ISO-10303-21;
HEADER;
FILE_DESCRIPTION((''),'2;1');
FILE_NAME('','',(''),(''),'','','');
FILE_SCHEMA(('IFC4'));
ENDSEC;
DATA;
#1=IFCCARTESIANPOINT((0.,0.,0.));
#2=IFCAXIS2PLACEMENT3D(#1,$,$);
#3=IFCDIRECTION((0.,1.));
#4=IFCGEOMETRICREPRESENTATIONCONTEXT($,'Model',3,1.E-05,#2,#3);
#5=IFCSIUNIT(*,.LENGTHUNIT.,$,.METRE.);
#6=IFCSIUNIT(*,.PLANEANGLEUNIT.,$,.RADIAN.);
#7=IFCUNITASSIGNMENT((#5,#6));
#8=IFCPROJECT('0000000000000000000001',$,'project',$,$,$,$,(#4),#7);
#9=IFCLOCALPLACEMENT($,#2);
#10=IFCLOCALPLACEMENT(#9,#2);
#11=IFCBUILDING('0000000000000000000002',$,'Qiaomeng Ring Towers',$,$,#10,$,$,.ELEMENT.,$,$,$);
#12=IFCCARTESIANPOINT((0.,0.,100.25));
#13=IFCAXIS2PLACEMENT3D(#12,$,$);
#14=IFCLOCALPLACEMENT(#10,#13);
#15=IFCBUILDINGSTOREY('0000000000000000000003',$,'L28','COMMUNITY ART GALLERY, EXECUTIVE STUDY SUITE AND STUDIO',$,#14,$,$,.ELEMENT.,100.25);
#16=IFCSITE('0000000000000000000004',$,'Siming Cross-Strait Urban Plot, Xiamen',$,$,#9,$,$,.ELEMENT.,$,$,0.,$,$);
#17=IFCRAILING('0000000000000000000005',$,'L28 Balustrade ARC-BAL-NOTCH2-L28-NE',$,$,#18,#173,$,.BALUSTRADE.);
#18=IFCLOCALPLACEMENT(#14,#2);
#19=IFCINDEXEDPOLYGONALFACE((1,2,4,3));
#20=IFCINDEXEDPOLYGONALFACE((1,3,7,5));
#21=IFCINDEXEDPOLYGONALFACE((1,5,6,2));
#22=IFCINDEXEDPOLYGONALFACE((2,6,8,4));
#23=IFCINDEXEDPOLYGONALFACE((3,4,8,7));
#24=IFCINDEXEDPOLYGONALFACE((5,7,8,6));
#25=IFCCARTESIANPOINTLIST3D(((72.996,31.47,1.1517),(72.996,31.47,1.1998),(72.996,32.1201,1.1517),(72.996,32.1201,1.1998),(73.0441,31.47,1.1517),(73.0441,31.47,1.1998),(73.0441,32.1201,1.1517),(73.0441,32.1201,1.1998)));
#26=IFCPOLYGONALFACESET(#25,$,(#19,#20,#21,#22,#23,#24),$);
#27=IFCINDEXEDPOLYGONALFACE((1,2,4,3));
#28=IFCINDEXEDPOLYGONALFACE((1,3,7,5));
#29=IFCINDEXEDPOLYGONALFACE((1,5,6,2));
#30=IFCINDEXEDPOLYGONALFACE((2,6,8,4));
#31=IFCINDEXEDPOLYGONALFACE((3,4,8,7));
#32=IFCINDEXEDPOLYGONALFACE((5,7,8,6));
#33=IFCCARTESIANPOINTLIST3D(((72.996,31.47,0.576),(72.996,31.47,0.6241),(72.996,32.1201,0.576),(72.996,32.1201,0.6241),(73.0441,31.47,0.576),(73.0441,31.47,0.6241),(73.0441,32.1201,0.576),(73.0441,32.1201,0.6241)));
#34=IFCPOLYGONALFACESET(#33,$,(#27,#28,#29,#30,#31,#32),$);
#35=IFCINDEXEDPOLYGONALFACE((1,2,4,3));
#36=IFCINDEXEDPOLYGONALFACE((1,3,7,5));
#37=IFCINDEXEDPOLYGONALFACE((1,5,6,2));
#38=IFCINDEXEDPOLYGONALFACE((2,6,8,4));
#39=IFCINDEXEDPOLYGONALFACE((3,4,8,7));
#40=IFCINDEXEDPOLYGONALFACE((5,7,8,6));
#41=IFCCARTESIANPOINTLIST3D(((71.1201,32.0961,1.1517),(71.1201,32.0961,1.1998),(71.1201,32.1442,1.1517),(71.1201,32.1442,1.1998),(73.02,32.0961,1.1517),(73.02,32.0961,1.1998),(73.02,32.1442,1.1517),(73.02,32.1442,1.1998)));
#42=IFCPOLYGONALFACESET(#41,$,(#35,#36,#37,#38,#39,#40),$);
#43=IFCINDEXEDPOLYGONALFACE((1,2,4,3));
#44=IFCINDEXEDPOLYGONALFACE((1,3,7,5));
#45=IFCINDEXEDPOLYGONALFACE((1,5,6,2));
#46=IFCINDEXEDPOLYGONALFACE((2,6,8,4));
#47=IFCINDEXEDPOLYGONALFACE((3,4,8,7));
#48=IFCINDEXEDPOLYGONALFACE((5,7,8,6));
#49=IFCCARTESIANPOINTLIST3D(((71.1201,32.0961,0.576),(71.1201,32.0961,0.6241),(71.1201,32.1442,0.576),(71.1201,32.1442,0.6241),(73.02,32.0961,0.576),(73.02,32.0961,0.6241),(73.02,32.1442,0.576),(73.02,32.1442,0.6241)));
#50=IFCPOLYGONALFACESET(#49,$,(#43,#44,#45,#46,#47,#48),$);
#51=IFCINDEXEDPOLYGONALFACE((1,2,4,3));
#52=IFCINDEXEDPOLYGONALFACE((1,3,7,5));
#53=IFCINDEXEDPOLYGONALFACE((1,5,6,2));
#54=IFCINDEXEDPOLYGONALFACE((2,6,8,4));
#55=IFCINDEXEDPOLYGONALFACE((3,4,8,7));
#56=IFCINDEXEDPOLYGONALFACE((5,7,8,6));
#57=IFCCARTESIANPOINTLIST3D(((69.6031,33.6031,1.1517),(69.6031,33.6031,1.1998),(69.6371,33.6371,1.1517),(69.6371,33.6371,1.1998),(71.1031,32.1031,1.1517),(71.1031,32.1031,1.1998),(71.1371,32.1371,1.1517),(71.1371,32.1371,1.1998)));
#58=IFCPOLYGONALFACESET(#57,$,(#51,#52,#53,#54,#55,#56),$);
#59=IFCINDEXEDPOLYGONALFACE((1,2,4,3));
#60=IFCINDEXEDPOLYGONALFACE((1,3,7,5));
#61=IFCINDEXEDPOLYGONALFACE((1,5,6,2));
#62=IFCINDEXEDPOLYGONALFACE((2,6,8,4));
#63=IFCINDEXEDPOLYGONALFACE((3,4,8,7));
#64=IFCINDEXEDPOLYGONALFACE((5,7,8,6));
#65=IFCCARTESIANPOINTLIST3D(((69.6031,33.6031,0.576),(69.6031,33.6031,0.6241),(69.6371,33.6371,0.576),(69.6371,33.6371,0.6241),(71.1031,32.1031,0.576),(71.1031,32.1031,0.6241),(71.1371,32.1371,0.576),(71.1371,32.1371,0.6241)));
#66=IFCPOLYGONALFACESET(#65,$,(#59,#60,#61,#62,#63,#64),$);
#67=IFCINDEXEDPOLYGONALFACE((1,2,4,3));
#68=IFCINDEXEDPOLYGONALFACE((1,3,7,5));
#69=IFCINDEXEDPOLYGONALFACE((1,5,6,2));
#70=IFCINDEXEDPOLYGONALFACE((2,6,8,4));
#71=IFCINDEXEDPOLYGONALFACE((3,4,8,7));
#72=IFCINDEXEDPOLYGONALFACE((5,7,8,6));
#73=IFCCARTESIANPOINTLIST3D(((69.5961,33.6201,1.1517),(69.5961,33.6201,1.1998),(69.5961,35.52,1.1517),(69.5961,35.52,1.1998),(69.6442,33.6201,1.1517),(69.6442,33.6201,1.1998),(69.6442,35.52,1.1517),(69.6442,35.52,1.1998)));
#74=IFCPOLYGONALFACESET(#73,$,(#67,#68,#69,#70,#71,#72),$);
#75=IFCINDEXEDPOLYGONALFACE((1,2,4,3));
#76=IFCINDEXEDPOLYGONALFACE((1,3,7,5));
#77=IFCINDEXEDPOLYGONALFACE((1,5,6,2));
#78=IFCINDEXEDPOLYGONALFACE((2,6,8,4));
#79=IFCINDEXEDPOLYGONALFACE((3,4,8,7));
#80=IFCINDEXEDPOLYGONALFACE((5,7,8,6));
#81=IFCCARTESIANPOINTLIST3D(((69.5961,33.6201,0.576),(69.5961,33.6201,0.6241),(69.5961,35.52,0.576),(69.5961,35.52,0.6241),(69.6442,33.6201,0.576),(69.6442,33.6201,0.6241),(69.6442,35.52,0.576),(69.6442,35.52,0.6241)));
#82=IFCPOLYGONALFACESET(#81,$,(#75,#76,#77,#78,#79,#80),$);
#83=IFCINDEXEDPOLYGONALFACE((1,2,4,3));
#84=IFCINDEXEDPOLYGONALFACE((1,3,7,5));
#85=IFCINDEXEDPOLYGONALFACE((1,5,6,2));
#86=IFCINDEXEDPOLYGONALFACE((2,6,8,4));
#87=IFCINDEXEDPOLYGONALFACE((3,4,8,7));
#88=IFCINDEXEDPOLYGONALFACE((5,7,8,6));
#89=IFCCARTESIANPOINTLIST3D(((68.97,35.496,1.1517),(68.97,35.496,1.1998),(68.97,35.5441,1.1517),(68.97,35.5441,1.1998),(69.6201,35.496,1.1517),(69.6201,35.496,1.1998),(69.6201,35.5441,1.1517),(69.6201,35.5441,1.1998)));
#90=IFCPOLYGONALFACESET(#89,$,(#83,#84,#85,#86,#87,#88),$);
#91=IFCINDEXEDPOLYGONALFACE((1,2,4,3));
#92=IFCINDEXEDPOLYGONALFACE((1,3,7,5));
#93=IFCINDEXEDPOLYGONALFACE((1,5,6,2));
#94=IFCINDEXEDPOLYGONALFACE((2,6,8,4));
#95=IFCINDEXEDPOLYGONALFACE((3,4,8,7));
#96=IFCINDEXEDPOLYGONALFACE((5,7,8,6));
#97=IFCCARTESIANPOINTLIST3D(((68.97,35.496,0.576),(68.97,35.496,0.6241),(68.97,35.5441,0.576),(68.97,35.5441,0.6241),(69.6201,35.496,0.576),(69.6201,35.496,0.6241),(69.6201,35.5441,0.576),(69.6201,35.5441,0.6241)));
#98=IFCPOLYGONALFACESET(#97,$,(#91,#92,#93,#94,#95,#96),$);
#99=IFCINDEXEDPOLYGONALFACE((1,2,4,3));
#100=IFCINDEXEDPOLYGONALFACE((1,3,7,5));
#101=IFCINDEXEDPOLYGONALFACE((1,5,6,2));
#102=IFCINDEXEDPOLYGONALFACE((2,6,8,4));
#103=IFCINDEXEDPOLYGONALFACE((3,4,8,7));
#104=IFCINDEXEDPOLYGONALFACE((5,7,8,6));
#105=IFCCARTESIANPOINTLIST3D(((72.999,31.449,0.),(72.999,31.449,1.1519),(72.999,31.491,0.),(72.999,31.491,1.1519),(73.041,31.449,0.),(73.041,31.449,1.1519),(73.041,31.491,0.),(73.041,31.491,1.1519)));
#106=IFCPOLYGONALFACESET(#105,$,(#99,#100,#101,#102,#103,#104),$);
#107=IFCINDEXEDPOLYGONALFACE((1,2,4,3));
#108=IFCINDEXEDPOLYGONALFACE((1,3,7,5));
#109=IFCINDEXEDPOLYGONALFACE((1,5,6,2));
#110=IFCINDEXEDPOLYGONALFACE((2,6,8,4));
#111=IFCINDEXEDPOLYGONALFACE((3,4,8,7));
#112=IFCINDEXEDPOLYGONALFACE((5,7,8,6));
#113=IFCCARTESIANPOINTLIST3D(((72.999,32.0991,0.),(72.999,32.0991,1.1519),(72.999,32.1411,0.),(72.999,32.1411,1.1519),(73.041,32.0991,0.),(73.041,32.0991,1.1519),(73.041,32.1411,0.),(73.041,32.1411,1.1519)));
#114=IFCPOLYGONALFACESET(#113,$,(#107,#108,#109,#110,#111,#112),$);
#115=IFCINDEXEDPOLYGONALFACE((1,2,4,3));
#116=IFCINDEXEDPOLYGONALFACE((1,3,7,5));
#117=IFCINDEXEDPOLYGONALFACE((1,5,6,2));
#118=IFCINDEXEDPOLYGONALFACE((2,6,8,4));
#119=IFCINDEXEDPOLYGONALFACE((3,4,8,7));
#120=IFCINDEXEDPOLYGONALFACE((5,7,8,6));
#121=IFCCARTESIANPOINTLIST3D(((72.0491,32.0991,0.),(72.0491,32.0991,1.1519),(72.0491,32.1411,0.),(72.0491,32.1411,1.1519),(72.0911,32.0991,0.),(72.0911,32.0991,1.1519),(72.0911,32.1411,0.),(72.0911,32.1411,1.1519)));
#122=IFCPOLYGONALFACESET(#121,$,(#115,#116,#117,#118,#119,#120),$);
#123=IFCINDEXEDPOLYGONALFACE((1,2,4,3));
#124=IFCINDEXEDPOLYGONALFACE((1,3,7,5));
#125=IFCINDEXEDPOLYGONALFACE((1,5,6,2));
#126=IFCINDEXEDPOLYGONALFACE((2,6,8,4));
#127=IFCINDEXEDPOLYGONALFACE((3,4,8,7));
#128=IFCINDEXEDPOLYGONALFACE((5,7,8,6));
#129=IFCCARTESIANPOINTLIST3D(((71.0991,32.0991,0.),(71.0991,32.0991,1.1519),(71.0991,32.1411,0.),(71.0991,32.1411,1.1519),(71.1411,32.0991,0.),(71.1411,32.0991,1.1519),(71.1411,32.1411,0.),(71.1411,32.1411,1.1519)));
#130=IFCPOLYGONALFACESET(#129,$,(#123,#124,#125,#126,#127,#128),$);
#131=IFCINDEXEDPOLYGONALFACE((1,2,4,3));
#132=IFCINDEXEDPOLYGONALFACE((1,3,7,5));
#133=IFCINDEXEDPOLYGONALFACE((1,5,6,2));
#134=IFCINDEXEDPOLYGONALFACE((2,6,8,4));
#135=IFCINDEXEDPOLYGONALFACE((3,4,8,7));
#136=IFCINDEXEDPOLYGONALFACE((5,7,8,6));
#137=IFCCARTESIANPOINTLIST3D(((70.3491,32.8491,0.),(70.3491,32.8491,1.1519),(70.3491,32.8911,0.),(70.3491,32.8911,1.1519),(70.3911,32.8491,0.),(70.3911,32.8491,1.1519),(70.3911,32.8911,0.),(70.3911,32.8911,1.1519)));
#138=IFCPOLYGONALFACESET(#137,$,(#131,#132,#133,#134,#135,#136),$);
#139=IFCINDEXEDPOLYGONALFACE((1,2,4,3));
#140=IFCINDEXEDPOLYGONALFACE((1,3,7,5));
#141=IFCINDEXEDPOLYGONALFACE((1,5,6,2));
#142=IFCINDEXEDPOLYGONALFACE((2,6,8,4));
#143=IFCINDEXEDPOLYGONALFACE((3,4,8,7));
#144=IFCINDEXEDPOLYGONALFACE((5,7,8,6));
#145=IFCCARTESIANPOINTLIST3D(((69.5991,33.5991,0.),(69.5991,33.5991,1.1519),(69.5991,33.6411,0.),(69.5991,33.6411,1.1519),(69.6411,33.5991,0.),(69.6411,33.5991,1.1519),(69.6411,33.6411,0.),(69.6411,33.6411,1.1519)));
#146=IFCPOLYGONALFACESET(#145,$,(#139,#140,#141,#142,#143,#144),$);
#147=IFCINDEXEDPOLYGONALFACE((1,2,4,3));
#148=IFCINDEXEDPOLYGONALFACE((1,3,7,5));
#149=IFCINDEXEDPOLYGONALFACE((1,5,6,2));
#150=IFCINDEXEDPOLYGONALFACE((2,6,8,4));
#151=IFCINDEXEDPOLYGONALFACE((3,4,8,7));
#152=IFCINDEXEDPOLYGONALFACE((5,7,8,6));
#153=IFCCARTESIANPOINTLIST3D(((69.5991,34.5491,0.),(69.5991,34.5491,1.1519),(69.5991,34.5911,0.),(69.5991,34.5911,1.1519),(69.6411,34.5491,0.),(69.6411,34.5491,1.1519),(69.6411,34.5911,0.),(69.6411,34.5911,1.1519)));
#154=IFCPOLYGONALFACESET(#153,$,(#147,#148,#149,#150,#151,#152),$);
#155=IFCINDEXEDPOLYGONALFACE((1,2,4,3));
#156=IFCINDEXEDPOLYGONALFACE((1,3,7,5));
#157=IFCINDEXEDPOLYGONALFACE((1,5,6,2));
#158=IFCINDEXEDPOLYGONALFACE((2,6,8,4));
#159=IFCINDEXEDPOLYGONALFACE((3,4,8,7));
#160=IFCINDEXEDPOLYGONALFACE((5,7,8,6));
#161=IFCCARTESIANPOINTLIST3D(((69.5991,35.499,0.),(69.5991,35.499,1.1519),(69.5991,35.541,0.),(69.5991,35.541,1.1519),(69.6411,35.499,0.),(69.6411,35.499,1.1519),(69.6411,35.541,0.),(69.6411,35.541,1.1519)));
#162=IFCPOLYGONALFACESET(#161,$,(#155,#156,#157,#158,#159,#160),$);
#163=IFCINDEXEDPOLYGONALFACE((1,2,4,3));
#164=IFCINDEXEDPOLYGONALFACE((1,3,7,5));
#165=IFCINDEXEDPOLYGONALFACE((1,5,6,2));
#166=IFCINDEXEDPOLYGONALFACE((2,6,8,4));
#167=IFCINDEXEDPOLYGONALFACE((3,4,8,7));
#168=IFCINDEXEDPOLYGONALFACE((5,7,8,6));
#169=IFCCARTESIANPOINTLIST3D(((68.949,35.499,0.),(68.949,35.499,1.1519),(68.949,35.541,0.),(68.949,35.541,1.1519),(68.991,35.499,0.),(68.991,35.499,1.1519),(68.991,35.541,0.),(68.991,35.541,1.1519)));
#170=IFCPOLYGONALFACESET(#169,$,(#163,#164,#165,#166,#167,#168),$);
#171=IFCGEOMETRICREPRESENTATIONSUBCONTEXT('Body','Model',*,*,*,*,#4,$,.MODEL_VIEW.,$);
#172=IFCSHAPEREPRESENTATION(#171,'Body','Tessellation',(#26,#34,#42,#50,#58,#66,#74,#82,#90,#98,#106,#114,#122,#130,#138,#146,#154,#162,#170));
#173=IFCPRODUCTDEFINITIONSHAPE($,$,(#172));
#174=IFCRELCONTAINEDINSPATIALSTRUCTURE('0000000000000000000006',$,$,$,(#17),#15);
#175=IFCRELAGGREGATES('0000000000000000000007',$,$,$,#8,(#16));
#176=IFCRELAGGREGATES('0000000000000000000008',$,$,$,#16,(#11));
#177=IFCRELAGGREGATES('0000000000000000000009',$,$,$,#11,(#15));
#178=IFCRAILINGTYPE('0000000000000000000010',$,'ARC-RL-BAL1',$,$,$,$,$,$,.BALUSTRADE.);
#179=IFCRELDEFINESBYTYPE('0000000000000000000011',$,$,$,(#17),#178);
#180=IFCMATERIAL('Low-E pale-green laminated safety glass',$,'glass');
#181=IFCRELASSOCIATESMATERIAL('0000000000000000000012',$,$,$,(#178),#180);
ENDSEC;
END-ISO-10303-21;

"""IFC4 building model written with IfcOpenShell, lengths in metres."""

from ifc_helpers import new_model, si_unit, direction, frame, origin, origin_2d, place, context, subcontext, project, spatial, rectangle, extrude, material, type_object, element, save


model = new_model("IFC4")

# Units and contexts
model_context = context("Model", 3, precision=1e-05, world=origin(), true_north=direction((0.0, 1.0)))
body_context = subcontext(model_context, "Body", "Model", "MODEL_VIEW")
ifc_project = project(units=[si_unit("LENGTHUNIT", "METRE"), si_unit("PLANEANGLEUNIT", "RADIAN")], contexts=[model_context])

# Site, building, storey
site_placement = place(None, origin())
site = spatial("IfcSite", under=ifc_project, at=site_placement, Name="Siming Cross-Strait Urban Plot, Xiamen", CompositionType="ELEMENT", RefElevation=0.0)
building_placement = place(site_placement, origin())
building = spatial("IfcBuilding", under=site, at=building_placement, Name="Qiaomeng Ring Towers", CompositionType="ELEMENT")
storey_placement = place(building_placement, frame((0.0, 0.0, 100.25)))
storey = spatial("IfcBuildingStorey", under=building, at=storey_placement, Name="L28", Description="COMMUNITY ART GALLERY, EXECUTIVE STUDY SUITE AND STUDIO", CompositionType="ELEMENT", Elevation=100.25)

# Railing
ifc_material_1 = material(Name="Low-E pale-green laminated safety glass", Category="glass")
railing_type = type_object("IfcRailingType", Name="ARC-RL-BAL1", PredefinedType="BALUSTRADE", material=ifc_material_1)
railing_1_placement = place(storey_placement, frame((73.02, 31.47, 0.0)))
element("IfcRailing", 1, at=railing_1_placement, inside=storey, type_object=railing_type, Name="L28 Balustrade ARC-BAL-NOTCH2-L28-NE", PredefinedType="BALUSTRADE", context=body_context, shape_type="SweptSolid", body=[
    extrude(rectangle(XDim=0.0481, YDim=0.0481, at=origin_2d()), frame((0.0, 0.0, 1.1758), z_axis=(0.0, 1.0, 0.0), x_axis=(-1.0, 0.0, 0.0)), (0.0, 0.0, 1.0), 0.6501),
    extrude(rectangle(XDim=0.0481, YDim=0.0481, at=origin_2d()), frame((0.0, 0.0, 0.6001), z_axis=(0.0, 1.0, 0.0), x_axis=(-1.0, 0.0, 0.0)), (0.0, 0.0, 1.0), 0.6501),
    extrude(rectangle(XDim=0.0481, YDim=0.0481, at=origin_2d()), frame((0.0, 0.6501, 1.1758), z_axis=(-1.0, 0.0, 0.0), x_axis=(0.0, -1.0, 0.0)), (0.0, 0.0, 1.0), 1.8999),
    extrude(rectangle(XDim=0.0481, YDim=0.0481, at=origin_2d()), frame((0.0, 0.6501, 0.6001), z_axis=(-1.0, 0.0, 0.0), x_axis=(0.0, -1.0, 0.0)), (0.0, 0.0, 1.0), 1.8999),
    extrude(rectangle(XDim=0.0481, YDim=0.0481, at=origin_2d()), frame((-1.8999, 0.6501, 1.1758), z_axis=(-0.707107, 0.707107, 0.0), x_axis=(-0.707107, -0.707107, 0.0)), (0.0, 0.0, 1.0), 2.1213),
    extrude(rectangle(XDim=0.0481, YDim=0.0481, at=origin_2d()), frame((-1.8999, 0.6501, 0.6001), z_axis=(-0.707107, 0.707107, 0.0), x_axis=(-0.707107, -0.707107, 0.0)), (0.0, 0.0, 1.0), 2.1213),
    extrude(rectangle(XDim=0.0481, YDim=0.0481, at=origin_2d()), frame((-3.3999, 2.1501, 1.1758), z_axis=(0.0, 1.0, 0.0), x_axis=(-1.0, 0.0, 0.0)), (0.0, 0.0, 1.0), 1.8999),
    extrude(rectangle(XDim=0.0481, YDim=0.0481, at=origin_2d()), frame((-3.3999, 2.1501, 0.6001), z_axis=(0.0, 1.0, 0.0), x_axis=(-1.0, 0.0, 0.0)), (0.0, 0.0, 1.0), 1.8999),
    extrude(rectangle(XDim=0.0481, YDim=0.0481, at=origin_2d()), frame((-3.3999, 4.05, 1.1758), z_axis=(-1.0, 0.0, 0.0), x_axis=(0.0, -1.0, 0.0)), (0.0, 0.0, 1.0), 0.6501),
    extrude(rectangle(XDim=0.0481, YDim=0.0481, at=origin_2d()), frame((-3.3999, 4.05, 0.6001), z_axis=(-1.0, 0.0, 0.0), x_axis=(0.0, -1.0, 0.0)), (0.0, 0.0, 1.0), 0.6501),
    extrude(rectangle(XDim=0.042, YDim=0.042, at=origin_2d()), origin(), (0.0, 0.0, 1.0), 1.1519),
    extrude(rectangle(XDim=0.042, YDim=0.042, at=origin_2d()), frame((0.0, 0.6501, 0.0)), (0.0, 0.0, 1.0), 1.1519),
    extrude(rectangle(XDim=0.042, YDim=0.042, at=origin_2d()), frame((-0.95, 0.6501, 0.0)), (0.0, 0.0, 1.0), 1.1519),
    extrude(rectangle(XDim=0.042, YDim=0.042, at=origin_2d()), frame((-1.8999, 0.6501, 0.0)), (0.0, 0.0, 1.0), 1.1519),
    extrude(rectangle(XDim=0.042, YDim=0.042, at=origin_2d()), frame((-2.6499, 1.4001, 0.0)), (0.0, 0.0, 1.0), 1.1519),
    extrude(rectangle(XDim=0.042, YDim=0.042, at=origin_2d()), frame((-3.3999, 2.1501, 0.0)), (0.0, 0.0, 1.0), 1.1519),
    extrude(rectangle(XDim=0.042, YDim=0.042, at=origin_2d()), frame((-3.3999, 3.1001, 0.0)), (0.0, 0.0, 1.0), 1.1519),
    extrude(rectangle(XDim=0.042, YDim=0.042, at=origin_2d()), frame((-3.3999, 4.05, 0.0)), (0.0, 0.0, 1.0), 1.1519),
    extrude(rectangle(XDim=0.042, YDim=0.042, at=origin_2d()), frame((-4.05, 4.05, 0.0)), (0.0, 0.0, 1.0), 1.1519),
])

save(model, "model.ifc")
